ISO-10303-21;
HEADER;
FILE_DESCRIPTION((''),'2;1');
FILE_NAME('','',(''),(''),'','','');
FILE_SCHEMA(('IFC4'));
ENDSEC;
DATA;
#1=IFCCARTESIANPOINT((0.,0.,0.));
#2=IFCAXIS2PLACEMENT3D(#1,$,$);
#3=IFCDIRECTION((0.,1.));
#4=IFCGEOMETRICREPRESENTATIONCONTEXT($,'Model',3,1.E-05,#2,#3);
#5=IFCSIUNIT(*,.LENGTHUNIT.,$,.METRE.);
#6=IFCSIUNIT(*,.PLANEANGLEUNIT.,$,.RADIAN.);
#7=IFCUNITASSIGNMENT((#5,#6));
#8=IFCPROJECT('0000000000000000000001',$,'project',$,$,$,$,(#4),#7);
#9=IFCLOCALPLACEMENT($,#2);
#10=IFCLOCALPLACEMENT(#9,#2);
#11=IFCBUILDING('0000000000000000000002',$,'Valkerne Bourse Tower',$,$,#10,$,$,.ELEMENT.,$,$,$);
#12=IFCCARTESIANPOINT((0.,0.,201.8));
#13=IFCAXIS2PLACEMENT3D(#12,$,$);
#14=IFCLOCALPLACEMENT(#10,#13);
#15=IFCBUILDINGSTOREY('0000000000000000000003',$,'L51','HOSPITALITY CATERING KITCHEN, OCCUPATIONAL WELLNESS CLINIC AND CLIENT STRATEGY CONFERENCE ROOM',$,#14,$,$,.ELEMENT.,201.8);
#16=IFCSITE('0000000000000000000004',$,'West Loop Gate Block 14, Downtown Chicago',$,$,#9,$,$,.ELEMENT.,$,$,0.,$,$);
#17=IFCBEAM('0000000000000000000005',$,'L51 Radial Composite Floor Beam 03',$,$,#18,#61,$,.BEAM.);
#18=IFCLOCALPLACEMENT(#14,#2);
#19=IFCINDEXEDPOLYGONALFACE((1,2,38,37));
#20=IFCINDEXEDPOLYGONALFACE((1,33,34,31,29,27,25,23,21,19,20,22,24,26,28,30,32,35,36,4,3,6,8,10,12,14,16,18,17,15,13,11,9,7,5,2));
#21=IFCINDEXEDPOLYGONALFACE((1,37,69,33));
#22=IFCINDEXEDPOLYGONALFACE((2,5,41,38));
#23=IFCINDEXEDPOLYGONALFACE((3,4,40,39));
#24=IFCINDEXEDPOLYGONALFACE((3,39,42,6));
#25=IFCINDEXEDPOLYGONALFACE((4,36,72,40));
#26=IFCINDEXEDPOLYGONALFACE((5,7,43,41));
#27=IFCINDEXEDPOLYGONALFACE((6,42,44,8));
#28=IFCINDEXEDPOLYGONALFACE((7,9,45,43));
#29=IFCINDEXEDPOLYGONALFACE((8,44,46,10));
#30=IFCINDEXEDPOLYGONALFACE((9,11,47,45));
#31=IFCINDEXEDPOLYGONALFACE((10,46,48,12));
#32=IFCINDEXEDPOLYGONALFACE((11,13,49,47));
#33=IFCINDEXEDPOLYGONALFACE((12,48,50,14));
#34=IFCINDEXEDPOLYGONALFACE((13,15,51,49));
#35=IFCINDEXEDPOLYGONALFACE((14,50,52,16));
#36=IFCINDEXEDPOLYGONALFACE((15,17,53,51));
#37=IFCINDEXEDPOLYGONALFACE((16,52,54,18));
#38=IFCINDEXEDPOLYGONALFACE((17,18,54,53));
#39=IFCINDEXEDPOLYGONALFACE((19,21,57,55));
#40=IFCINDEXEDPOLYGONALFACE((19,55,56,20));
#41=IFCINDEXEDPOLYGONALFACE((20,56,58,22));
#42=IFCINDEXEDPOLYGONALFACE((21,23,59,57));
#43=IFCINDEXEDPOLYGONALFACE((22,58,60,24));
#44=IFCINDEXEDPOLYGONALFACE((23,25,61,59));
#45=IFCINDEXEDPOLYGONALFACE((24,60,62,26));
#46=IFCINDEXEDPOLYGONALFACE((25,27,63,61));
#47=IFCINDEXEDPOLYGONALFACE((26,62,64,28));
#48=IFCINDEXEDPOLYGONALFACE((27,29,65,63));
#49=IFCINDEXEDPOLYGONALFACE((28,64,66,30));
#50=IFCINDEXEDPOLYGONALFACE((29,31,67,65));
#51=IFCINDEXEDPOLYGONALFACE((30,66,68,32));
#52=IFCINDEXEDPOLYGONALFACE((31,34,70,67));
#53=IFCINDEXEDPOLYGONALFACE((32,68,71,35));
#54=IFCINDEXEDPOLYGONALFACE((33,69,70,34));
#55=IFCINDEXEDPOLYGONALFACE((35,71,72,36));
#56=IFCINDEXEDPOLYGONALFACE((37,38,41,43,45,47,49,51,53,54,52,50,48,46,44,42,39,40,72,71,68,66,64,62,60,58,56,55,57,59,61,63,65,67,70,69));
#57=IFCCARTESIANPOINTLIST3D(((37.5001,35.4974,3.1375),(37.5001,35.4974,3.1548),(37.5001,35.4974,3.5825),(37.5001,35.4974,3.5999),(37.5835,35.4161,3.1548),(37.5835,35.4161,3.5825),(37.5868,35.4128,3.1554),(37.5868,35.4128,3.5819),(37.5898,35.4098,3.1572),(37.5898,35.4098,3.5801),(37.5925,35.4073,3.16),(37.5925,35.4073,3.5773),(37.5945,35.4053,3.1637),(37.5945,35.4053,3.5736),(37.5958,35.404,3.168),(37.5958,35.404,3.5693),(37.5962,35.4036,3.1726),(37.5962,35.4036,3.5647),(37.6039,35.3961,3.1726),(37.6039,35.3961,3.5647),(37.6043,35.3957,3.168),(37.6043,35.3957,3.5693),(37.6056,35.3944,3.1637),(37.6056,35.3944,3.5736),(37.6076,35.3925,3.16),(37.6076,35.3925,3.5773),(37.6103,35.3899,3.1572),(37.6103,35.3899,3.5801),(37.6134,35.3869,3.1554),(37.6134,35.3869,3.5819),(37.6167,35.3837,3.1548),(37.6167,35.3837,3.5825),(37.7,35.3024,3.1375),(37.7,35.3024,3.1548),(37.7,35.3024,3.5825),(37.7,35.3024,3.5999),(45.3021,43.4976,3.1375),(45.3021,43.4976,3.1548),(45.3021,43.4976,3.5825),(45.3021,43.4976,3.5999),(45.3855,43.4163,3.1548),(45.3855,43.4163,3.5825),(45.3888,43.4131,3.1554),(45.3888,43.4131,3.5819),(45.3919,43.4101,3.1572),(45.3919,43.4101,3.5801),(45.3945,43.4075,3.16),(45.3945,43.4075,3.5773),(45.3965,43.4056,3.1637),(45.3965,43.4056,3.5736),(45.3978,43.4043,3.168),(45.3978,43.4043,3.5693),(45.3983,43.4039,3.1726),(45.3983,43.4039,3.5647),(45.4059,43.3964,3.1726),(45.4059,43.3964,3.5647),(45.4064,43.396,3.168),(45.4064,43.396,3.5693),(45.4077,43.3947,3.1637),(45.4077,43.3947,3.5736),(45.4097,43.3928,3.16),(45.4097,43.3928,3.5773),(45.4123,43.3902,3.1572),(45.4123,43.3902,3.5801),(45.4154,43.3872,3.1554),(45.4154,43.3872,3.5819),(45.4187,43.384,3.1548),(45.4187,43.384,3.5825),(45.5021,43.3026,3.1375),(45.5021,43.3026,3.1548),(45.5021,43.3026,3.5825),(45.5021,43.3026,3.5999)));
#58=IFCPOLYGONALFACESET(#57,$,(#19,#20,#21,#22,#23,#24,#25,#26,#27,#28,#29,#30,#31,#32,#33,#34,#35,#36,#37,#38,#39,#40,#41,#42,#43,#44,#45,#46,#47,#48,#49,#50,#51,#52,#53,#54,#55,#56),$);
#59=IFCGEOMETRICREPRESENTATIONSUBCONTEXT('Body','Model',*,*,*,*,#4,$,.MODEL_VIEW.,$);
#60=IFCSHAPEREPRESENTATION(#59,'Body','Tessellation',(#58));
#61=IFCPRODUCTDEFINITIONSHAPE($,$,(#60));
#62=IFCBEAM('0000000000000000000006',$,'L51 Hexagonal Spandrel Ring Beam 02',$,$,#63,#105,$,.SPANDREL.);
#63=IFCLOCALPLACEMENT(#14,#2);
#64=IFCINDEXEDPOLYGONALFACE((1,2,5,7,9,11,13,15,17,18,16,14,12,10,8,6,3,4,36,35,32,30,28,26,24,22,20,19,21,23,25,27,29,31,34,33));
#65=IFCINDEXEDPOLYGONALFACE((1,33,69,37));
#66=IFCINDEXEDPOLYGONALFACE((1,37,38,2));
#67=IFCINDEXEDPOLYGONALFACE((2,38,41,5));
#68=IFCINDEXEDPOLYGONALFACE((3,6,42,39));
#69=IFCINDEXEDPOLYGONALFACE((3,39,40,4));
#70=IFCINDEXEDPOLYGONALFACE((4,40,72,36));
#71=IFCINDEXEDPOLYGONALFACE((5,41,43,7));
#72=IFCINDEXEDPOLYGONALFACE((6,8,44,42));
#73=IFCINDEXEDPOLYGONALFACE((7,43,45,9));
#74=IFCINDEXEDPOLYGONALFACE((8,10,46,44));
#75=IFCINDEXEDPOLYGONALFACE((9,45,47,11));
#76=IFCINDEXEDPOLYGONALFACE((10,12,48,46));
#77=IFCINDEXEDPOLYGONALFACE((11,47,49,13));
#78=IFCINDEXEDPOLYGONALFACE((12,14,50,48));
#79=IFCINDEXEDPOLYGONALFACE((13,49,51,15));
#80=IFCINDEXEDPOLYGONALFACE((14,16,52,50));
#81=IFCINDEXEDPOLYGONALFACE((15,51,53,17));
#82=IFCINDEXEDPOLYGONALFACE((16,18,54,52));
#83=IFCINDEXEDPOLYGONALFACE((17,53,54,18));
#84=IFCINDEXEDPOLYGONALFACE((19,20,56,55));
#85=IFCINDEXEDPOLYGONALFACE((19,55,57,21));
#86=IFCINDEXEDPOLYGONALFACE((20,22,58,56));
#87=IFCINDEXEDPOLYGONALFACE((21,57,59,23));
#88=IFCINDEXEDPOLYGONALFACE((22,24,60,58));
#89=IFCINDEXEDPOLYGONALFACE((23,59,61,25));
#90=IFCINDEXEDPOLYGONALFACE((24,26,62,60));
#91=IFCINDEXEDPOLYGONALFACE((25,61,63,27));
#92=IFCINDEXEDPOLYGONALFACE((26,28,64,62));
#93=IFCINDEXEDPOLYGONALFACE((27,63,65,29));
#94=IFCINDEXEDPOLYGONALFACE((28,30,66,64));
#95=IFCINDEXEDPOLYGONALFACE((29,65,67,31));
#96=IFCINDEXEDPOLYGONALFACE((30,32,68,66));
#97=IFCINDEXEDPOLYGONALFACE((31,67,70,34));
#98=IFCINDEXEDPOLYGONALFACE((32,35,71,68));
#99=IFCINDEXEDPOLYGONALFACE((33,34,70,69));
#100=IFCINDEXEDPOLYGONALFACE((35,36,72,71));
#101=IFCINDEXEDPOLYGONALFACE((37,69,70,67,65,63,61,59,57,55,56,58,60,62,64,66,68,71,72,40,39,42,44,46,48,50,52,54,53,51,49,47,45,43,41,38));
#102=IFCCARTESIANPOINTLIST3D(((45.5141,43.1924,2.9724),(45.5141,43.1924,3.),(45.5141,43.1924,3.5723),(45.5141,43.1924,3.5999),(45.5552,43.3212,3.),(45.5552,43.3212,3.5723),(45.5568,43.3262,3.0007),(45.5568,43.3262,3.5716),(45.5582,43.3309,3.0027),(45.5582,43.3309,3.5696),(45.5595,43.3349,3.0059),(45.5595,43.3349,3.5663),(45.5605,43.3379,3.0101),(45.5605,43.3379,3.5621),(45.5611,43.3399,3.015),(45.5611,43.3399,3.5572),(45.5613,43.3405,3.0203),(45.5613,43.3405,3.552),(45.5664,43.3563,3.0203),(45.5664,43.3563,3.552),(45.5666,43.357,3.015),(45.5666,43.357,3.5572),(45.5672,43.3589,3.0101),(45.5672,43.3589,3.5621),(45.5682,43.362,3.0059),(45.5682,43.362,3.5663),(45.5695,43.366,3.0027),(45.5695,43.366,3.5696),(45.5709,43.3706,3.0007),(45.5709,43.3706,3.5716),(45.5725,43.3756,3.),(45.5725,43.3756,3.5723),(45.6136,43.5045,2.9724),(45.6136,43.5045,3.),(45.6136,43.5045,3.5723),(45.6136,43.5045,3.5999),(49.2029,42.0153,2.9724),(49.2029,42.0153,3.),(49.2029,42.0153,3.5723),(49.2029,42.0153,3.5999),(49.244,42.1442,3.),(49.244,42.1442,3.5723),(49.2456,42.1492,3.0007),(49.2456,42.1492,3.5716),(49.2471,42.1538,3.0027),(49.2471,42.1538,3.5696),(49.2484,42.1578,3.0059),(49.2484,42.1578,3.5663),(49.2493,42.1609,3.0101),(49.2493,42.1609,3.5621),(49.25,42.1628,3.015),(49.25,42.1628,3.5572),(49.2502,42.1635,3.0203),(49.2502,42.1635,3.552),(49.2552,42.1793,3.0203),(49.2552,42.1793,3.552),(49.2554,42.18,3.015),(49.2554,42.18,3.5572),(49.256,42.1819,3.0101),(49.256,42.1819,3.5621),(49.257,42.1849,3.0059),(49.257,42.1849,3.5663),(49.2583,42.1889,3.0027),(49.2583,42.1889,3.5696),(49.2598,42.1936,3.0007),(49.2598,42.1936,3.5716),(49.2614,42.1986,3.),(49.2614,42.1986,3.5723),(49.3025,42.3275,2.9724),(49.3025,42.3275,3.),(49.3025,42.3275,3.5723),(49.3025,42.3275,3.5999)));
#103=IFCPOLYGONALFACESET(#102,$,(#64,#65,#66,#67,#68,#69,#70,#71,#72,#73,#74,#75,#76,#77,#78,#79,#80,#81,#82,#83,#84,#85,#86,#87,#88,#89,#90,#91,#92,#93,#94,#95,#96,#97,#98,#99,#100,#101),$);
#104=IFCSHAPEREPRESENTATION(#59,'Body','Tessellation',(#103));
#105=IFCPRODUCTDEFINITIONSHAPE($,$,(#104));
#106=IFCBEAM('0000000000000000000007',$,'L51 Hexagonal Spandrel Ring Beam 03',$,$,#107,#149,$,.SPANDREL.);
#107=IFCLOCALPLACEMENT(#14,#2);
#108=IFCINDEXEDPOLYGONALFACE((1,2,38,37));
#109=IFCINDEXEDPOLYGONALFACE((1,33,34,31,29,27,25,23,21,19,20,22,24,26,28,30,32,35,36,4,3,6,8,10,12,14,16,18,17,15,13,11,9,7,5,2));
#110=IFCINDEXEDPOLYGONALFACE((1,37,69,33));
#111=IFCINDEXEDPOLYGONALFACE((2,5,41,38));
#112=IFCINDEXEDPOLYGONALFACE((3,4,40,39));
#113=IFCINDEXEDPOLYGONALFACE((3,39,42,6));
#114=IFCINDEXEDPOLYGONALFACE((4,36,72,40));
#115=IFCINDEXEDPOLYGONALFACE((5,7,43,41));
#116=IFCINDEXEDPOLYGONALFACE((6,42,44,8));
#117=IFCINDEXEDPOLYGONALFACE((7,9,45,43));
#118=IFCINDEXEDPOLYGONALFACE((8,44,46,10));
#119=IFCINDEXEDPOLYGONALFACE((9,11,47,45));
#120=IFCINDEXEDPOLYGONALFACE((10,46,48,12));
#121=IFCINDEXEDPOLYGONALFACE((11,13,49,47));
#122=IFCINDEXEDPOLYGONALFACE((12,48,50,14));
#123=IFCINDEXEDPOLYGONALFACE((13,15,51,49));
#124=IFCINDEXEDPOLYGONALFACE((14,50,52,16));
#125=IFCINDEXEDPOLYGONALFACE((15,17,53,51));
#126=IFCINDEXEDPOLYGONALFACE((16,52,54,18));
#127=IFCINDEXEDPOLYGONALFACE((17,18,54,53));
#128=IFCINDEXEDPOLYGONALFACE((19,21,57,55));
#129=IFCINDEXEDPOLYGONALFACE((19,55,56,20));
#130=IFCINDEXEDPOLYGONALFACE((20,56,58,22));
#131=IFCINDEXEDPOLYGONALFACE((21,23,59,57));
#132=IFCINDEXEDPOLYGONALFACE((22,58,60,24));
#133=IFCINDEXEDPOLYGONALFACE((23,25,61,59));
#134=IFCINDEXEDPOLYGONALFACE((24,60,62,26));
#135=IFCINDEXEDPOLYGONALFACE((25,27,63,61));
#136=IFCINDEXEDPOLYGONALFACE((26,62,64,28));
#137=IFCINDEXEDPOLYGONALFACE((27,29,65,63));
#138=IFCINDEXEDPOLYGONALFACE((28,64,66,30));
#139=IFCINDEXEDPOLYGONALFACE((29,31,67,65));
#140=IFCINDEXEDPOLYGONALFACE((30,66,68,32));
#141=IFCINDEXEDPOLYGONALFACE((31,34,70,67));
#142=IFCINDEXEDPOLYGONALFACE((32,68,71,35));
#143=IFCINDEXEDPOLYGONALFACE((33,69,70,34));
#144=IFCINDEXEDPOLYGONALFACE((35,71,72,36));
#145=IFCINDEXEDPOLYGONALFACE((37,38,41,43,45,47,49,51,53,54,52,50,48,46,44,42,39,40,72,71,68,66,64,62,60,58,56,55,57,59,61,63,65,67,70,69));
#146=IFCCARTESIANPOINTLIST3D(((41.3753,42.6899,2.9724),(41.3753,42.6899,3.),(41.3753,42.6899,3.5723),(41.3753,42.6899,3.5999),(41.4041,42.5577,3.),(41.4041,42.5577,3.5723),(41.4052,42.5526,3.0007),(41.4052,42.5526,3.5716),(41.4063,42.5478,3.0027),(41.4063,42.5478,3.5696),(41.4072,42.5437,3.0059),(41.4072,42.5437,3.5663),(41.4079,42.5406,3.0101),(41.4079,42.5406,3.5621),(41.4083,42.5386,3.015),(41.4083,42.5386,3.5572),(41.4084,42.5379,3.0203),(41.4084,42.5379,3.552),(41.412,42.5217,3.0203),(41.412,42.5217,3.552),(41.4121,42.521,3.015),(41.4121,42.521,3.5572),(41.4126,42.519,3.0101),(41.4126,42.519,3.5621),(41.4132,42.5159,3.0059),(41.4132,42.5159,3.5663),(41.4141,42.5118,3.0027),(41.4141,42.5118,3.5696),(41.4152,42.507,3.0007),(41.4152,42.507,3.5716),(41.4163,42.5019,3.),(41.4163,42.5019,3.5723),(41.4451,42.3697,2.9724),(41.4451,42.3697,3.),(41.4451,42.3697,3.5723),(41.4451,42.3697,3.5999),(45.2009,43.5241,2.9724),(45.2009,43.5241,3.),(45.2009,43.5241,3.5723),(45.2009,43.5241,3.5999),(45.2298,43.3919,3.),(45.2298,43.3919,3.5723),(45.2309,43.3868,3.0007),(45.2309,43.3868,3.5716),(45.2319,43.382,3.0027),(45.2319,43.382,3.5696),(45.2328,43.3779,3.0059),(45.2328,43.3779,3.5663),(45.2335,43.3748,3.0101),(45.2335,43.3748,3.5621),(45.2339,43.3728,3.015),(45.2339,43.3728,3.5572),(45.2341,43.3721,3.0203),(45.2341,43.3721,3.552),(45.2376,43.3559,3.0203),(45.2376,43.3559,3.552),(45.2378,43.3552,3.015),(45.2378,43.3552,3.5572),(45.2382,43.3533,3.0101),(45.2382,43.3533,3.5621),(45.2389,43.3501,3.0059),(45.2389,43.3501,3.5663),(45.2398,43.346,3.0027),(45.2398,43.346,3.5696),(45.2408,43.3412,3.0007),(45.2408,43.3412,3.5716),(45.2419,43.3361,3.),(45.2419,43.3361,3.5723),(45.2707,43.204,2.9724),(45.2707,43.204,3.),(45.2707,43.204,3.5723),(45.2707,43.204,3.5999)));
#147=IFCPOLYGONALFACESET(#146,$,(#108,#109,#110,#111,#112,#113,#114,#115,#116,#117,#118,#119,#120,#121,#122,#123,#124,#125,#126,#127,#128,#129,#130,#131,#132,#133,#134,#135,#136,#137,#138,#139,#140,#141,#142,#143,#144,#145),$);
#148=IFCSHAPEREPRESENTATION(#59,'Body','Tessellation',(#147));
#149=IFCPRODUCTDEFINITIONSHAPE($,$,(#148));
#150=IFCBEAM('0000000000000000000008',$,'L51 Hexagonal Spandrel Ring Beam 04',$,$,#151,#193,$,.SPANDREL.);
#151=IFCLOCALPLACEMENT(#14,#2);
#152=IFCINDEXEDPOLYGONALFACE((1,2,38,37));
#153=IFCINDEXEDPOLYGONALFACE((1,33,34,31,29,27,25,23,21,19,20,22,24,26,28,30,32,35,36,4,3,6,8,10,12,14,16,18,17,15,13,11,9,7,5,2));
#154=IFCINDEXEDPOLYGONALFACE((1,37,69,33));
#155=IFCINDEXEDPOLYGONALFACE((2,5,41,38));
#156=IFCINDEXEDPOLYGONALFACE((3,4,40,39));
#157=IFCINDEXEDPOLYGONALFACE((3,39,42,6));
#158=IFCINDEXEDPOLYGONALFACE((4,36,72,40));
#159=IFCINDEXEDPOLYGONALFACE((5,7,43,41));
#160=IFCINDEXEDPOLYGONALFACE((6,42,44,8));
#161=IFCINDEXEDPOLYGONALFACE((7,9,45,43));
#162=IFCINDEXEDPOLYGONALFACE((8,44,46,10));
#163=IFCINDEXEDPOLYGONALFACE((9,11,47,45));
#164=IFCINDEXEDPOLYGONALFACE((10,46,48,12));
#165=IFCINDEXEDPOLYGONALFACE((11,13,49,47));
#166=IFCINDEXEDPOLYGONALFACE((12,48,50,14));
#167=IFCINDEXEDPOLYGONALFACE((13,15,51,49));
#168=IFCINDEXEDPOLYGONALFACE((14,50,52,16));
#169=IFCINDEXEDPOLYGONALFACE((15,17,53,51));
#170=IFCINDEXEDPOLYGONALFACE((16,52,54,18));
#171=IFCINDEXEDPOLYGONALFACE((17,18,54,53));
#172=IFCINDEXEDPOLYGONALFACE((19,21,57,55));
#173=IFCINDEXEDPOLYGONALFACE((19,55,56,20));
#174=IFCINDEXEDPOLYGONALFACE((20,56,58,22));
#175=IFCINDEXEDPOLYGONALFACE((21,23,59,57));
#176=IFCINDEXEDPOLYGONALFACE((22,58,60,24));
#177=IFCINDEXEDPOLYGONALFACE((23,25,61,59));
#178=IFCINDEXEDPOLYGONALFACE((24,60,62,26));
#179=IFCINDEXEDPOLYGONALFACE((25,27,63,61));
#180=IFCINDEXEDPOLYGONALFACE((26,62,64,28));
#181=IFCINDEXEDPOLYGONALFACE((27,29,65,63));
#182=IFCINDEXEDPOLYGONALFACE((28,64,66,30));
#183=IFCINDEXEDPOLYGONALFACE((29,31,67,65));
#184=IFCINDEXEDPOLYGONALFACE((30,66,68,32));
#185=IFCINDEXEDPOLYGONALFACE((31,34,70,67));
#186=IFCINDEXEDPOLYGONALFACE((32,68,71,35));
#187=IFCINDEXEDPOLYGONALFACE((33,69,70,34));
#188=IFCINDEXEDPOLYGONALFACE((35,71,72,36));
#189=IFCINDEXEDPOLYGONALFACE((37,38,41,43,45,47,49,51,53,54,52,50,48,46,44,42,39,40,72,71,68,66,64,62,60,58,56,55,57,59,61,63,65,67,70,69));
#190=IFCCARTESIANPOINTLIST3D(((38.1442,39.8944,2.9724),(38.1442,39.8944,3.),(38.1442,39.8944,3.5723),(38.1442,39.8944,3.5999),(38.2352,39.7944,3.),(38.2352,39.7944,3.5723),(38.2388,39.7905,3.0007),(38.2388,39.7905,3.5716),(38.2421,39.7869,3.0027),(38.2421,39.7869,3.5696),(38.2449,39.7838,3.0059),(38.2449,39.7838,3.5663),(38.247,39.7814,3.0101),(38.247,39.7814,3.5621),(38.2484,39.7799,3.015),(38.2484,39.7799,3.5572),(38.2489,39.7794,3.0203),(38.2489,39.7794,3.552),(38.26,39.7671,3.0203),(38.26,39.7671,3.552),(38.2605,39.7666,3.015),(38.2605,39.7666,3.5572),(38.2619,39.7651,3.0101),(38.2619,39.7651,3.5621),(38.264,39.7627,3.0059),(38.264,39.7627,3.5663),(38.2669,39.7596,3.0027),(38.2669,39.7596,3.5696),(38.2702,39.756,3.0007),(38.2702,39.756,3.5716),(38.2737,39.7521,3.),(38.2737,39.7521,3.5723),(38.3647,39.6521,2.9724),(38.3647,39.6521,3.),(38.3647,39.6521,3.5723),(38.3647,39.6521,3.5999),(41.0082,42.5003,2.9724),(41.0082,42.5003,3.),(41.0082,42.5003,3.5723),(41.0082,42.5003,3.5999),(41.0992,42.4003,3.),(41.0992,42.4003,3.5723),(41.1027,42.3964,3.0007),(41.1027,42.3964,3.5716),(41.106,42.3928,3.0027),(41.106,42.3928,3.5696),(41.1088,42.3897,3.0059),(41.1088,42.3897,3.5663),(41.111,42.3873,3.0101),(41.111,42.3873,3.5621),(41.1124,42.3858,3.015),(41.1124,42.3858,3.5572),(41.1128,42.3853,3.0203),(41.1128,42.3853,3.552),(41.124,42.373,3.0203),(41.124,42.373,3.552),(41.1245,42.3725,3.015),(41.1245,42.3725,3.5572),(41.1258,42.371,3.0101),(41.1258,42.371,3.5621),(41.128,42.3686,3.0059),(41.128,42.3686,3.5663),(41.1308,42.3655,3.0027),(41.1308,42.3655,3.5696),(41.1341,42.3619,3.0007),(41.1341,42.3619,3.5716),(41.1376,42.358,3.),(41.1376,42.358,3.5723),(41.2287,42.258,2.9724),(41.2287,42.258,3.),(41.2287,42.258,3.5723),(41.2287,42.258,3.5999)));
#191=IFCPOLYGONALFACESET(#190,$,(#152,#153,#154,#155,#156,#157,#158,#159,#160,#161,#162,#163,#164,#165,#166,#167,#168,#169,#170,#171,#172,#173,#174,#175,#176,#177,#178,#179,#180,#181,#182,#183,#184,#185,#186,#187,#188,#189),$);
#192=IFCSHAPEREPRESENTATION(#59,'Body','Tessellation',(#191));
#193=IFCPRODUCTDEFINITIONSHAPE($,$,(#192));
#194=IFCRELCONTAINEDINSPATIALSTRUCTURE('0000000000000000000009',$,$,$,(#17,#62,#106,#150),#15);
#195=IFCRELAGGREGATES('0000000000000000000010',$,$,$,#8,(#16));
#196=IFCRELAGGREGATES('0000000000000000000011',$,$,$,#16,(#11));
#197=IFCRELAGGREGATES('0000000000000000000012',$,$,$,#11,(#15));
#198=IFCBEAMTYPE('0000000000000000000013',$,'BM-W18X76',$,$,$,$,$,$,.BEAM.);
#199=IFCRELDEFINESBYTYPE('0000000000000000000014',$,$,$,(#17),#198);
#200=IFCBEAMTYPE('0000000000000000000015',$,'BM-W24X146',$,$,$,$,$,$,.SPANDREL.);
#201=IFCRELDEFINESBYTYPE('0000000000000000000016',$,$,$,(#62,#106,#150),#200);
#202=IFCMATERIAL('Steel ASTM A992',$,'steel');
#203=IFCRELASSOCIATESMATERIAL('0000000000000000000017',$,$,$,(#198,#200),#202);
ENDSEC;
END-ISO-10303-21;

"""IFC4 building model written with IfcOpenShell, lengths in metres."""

from ifc_helpers import new_model, si_unit, direction, frame, origin, origin_2d, place, context, subcontext, project, spatial, i_section, extrude, material, material_profile, profile_set, type_object, element, save


model = new_model("IFC4")

# Units and contexts
model_context = context("Model", 3, precision=1e-05, world=origin(), true_north=direction((0.0, 1.0)))
body_context = subcontext(model_context, "Body", "Model", "MODEL_VIEW")
ifc_project = project(units=[si_unit("LENGTHUNIT", "METRE"), si_unit("PLANEANGLEUNIT", "RADIAN")], contexts=[model_context])

# Site, building, storey
site_placement = place(None, origin())
site = spatial("IfcSite", under=ifc_project, at=site_placement, Name="West Loop Gate Block 14, Downtown Chicago", CompositionType="ELEMENT", RefElevation=0.0)
building_placement = place(site_placement, origin())
building = spatial("IfcBuilding", under=site, at=building_placement, Name="Valkerne Bourse Tower", CompositionType="ELEMENT")
storey_placement = place(building_placement, frame((0.0, 0.0, 201.8)))
storey = spatial("IfcBuildingStorey", under=building, at=storey_placement, Name="L51", Description="HOSPITALITY CATERING KITCHEN, OCCUPATIONAL WELLNESS CLINIC AND CLIENT STRATEGY CONFERENCE ROOM", CompositionType="ELEMENT", Elevation=201.8)

# Beams
ifc_material_1 = material(Name="Steel ASTM A992", Category="steel")
ifc_material_profile_1 = material_profile(ifc_material_1, i_section(OverallWidth=0.2793, OverallDepth=0.4624, WebThickness=0.0107, FlangeThickness=0.0173, FilletRadius=0.0178, at=origin_2d()), Name="W18X76")
ifc_profile_set_1 = profile_set([ifc_material_profile_1], Name="Steel ASTM A992")
beam_type_1 = type_object("IfcBeamType", Name="BM-W18X76", PredefinedType="BEAM", material=ifc_profile_set_1)
beam_1_placement = place(storey_placement, frame((45.4021, 43.4001, 3.3687), z_axis=(-0.698181, -0.715921, 0.0), x_axis=(0.715921, -0.698181, 0.0)))
element("IfcBeam", 1, at=beam_1_placement, inside=storey, type_object=beam_type_1, Name="L51 Radial Composite Floor Beam 03", PredefinedType="BEAM", context=body_context, shape_type="SweptSolid", body=[
    extrude(i_section(OverallWidth=0.2793, OverallDepth=0.4624, WebThickness=0.0107, FlangeThickness=0.0173, FilletRadius=0.0178, at=origin_2d()), origin(), (0.0, 0.0, 1.0), 11.1748),
])
ifc_material_profile_2 = material_profile(ifc_material_1, i_section(OverallWidth=0.3276, OverallDepth=0.6274, WebThickness=0.0166, FlangeThickness=0.0276, FilletRadius=0.0203, at=origin_2d()), Name="W24X146")
ifc_profile_set_2 = profile_set([ifc_material_profile_2], Name="Steel ASTM A992")
beam_type_2 = type_object("IfcBeamType", Name="BM-W24X146", PredefinedType="SPANDREL", material=ifc_profile_set_2)
beam_2_placement = place(storey_placement, frame((49.2527, 42.1714, 3.2861), z_axis=(-0.952678, 0.303982, 0.0), x_axis=(-0.303982, -0.952678, 0.0)))
element("IfcBeam", 2, at=beam_2_placement, inside=storey, type_object=beam_type_2, Name="L51 Hexagonal Spandrel Ring Beam 02", PredefinedType="SPANDREL", context=body_context, shape_type="SweptSolid", body=[
    extrude(i_section(OverallWidth=0.3276, OverallDepth=0.6274, WebThickness=0.0166, FlangeThickness=0.0276, FilletRadius=0.0203, at=origin_2d()), origin(), (0.0, 0.0, 1.0), 3.8721),
])
beam_3_placement = place(storey_placement, frame((45.2358, 43.364, 3.2861), z_axis=(-0.977041, -0.213053, 0.0), x_axis=(0.213053, -0.977041, 0.0)))
element("IfcBeam", 3, at=beam_3_placement, inside=storey, type_object=beam_type_2, Name="L51 Hexagonal Spandrel Ring Beam 03", PredefinedType="SPANDREL", context=body_context, shape_type="SweptSolid", body=[
    extrude(i_section(OverallWidth=0.3276, OverallDepth=0.6274, WebThickness=0.0166, FlangeThickness=0.0276, FilletRadius=0.0203, at=origin_2d()), origin(), (0.0, 0.0, 1.0), 3.9155),
])
beam_4_placement = place(storey_placement, frame((41.1184, 42.3792, 3.2861), z_axis=(-0.739643, -0.672999, 0.0), x_axis=(0.672999, -0.739643, 0.0)))
element("IfcBeam", 4, at=beam_4_placement, inside=storey, type_object=beam_type_2, Name="L51 Hexagonal Spandrel Ring Beam 04", PredefinedType="SPANDREL", context=body_context, shape_type="SweptSolid", body=[
    extrude(i_section(OverallWidth=0.3276, OverallDepth=0.6274, WebThickness=0.0166, FlangeThickness=0.0276, FilletRadius=0.0203, at=origin_2d()), origin(), (0.0, 0.0, 1.0), 3.8721),
])

save(model, "model.ifc")
